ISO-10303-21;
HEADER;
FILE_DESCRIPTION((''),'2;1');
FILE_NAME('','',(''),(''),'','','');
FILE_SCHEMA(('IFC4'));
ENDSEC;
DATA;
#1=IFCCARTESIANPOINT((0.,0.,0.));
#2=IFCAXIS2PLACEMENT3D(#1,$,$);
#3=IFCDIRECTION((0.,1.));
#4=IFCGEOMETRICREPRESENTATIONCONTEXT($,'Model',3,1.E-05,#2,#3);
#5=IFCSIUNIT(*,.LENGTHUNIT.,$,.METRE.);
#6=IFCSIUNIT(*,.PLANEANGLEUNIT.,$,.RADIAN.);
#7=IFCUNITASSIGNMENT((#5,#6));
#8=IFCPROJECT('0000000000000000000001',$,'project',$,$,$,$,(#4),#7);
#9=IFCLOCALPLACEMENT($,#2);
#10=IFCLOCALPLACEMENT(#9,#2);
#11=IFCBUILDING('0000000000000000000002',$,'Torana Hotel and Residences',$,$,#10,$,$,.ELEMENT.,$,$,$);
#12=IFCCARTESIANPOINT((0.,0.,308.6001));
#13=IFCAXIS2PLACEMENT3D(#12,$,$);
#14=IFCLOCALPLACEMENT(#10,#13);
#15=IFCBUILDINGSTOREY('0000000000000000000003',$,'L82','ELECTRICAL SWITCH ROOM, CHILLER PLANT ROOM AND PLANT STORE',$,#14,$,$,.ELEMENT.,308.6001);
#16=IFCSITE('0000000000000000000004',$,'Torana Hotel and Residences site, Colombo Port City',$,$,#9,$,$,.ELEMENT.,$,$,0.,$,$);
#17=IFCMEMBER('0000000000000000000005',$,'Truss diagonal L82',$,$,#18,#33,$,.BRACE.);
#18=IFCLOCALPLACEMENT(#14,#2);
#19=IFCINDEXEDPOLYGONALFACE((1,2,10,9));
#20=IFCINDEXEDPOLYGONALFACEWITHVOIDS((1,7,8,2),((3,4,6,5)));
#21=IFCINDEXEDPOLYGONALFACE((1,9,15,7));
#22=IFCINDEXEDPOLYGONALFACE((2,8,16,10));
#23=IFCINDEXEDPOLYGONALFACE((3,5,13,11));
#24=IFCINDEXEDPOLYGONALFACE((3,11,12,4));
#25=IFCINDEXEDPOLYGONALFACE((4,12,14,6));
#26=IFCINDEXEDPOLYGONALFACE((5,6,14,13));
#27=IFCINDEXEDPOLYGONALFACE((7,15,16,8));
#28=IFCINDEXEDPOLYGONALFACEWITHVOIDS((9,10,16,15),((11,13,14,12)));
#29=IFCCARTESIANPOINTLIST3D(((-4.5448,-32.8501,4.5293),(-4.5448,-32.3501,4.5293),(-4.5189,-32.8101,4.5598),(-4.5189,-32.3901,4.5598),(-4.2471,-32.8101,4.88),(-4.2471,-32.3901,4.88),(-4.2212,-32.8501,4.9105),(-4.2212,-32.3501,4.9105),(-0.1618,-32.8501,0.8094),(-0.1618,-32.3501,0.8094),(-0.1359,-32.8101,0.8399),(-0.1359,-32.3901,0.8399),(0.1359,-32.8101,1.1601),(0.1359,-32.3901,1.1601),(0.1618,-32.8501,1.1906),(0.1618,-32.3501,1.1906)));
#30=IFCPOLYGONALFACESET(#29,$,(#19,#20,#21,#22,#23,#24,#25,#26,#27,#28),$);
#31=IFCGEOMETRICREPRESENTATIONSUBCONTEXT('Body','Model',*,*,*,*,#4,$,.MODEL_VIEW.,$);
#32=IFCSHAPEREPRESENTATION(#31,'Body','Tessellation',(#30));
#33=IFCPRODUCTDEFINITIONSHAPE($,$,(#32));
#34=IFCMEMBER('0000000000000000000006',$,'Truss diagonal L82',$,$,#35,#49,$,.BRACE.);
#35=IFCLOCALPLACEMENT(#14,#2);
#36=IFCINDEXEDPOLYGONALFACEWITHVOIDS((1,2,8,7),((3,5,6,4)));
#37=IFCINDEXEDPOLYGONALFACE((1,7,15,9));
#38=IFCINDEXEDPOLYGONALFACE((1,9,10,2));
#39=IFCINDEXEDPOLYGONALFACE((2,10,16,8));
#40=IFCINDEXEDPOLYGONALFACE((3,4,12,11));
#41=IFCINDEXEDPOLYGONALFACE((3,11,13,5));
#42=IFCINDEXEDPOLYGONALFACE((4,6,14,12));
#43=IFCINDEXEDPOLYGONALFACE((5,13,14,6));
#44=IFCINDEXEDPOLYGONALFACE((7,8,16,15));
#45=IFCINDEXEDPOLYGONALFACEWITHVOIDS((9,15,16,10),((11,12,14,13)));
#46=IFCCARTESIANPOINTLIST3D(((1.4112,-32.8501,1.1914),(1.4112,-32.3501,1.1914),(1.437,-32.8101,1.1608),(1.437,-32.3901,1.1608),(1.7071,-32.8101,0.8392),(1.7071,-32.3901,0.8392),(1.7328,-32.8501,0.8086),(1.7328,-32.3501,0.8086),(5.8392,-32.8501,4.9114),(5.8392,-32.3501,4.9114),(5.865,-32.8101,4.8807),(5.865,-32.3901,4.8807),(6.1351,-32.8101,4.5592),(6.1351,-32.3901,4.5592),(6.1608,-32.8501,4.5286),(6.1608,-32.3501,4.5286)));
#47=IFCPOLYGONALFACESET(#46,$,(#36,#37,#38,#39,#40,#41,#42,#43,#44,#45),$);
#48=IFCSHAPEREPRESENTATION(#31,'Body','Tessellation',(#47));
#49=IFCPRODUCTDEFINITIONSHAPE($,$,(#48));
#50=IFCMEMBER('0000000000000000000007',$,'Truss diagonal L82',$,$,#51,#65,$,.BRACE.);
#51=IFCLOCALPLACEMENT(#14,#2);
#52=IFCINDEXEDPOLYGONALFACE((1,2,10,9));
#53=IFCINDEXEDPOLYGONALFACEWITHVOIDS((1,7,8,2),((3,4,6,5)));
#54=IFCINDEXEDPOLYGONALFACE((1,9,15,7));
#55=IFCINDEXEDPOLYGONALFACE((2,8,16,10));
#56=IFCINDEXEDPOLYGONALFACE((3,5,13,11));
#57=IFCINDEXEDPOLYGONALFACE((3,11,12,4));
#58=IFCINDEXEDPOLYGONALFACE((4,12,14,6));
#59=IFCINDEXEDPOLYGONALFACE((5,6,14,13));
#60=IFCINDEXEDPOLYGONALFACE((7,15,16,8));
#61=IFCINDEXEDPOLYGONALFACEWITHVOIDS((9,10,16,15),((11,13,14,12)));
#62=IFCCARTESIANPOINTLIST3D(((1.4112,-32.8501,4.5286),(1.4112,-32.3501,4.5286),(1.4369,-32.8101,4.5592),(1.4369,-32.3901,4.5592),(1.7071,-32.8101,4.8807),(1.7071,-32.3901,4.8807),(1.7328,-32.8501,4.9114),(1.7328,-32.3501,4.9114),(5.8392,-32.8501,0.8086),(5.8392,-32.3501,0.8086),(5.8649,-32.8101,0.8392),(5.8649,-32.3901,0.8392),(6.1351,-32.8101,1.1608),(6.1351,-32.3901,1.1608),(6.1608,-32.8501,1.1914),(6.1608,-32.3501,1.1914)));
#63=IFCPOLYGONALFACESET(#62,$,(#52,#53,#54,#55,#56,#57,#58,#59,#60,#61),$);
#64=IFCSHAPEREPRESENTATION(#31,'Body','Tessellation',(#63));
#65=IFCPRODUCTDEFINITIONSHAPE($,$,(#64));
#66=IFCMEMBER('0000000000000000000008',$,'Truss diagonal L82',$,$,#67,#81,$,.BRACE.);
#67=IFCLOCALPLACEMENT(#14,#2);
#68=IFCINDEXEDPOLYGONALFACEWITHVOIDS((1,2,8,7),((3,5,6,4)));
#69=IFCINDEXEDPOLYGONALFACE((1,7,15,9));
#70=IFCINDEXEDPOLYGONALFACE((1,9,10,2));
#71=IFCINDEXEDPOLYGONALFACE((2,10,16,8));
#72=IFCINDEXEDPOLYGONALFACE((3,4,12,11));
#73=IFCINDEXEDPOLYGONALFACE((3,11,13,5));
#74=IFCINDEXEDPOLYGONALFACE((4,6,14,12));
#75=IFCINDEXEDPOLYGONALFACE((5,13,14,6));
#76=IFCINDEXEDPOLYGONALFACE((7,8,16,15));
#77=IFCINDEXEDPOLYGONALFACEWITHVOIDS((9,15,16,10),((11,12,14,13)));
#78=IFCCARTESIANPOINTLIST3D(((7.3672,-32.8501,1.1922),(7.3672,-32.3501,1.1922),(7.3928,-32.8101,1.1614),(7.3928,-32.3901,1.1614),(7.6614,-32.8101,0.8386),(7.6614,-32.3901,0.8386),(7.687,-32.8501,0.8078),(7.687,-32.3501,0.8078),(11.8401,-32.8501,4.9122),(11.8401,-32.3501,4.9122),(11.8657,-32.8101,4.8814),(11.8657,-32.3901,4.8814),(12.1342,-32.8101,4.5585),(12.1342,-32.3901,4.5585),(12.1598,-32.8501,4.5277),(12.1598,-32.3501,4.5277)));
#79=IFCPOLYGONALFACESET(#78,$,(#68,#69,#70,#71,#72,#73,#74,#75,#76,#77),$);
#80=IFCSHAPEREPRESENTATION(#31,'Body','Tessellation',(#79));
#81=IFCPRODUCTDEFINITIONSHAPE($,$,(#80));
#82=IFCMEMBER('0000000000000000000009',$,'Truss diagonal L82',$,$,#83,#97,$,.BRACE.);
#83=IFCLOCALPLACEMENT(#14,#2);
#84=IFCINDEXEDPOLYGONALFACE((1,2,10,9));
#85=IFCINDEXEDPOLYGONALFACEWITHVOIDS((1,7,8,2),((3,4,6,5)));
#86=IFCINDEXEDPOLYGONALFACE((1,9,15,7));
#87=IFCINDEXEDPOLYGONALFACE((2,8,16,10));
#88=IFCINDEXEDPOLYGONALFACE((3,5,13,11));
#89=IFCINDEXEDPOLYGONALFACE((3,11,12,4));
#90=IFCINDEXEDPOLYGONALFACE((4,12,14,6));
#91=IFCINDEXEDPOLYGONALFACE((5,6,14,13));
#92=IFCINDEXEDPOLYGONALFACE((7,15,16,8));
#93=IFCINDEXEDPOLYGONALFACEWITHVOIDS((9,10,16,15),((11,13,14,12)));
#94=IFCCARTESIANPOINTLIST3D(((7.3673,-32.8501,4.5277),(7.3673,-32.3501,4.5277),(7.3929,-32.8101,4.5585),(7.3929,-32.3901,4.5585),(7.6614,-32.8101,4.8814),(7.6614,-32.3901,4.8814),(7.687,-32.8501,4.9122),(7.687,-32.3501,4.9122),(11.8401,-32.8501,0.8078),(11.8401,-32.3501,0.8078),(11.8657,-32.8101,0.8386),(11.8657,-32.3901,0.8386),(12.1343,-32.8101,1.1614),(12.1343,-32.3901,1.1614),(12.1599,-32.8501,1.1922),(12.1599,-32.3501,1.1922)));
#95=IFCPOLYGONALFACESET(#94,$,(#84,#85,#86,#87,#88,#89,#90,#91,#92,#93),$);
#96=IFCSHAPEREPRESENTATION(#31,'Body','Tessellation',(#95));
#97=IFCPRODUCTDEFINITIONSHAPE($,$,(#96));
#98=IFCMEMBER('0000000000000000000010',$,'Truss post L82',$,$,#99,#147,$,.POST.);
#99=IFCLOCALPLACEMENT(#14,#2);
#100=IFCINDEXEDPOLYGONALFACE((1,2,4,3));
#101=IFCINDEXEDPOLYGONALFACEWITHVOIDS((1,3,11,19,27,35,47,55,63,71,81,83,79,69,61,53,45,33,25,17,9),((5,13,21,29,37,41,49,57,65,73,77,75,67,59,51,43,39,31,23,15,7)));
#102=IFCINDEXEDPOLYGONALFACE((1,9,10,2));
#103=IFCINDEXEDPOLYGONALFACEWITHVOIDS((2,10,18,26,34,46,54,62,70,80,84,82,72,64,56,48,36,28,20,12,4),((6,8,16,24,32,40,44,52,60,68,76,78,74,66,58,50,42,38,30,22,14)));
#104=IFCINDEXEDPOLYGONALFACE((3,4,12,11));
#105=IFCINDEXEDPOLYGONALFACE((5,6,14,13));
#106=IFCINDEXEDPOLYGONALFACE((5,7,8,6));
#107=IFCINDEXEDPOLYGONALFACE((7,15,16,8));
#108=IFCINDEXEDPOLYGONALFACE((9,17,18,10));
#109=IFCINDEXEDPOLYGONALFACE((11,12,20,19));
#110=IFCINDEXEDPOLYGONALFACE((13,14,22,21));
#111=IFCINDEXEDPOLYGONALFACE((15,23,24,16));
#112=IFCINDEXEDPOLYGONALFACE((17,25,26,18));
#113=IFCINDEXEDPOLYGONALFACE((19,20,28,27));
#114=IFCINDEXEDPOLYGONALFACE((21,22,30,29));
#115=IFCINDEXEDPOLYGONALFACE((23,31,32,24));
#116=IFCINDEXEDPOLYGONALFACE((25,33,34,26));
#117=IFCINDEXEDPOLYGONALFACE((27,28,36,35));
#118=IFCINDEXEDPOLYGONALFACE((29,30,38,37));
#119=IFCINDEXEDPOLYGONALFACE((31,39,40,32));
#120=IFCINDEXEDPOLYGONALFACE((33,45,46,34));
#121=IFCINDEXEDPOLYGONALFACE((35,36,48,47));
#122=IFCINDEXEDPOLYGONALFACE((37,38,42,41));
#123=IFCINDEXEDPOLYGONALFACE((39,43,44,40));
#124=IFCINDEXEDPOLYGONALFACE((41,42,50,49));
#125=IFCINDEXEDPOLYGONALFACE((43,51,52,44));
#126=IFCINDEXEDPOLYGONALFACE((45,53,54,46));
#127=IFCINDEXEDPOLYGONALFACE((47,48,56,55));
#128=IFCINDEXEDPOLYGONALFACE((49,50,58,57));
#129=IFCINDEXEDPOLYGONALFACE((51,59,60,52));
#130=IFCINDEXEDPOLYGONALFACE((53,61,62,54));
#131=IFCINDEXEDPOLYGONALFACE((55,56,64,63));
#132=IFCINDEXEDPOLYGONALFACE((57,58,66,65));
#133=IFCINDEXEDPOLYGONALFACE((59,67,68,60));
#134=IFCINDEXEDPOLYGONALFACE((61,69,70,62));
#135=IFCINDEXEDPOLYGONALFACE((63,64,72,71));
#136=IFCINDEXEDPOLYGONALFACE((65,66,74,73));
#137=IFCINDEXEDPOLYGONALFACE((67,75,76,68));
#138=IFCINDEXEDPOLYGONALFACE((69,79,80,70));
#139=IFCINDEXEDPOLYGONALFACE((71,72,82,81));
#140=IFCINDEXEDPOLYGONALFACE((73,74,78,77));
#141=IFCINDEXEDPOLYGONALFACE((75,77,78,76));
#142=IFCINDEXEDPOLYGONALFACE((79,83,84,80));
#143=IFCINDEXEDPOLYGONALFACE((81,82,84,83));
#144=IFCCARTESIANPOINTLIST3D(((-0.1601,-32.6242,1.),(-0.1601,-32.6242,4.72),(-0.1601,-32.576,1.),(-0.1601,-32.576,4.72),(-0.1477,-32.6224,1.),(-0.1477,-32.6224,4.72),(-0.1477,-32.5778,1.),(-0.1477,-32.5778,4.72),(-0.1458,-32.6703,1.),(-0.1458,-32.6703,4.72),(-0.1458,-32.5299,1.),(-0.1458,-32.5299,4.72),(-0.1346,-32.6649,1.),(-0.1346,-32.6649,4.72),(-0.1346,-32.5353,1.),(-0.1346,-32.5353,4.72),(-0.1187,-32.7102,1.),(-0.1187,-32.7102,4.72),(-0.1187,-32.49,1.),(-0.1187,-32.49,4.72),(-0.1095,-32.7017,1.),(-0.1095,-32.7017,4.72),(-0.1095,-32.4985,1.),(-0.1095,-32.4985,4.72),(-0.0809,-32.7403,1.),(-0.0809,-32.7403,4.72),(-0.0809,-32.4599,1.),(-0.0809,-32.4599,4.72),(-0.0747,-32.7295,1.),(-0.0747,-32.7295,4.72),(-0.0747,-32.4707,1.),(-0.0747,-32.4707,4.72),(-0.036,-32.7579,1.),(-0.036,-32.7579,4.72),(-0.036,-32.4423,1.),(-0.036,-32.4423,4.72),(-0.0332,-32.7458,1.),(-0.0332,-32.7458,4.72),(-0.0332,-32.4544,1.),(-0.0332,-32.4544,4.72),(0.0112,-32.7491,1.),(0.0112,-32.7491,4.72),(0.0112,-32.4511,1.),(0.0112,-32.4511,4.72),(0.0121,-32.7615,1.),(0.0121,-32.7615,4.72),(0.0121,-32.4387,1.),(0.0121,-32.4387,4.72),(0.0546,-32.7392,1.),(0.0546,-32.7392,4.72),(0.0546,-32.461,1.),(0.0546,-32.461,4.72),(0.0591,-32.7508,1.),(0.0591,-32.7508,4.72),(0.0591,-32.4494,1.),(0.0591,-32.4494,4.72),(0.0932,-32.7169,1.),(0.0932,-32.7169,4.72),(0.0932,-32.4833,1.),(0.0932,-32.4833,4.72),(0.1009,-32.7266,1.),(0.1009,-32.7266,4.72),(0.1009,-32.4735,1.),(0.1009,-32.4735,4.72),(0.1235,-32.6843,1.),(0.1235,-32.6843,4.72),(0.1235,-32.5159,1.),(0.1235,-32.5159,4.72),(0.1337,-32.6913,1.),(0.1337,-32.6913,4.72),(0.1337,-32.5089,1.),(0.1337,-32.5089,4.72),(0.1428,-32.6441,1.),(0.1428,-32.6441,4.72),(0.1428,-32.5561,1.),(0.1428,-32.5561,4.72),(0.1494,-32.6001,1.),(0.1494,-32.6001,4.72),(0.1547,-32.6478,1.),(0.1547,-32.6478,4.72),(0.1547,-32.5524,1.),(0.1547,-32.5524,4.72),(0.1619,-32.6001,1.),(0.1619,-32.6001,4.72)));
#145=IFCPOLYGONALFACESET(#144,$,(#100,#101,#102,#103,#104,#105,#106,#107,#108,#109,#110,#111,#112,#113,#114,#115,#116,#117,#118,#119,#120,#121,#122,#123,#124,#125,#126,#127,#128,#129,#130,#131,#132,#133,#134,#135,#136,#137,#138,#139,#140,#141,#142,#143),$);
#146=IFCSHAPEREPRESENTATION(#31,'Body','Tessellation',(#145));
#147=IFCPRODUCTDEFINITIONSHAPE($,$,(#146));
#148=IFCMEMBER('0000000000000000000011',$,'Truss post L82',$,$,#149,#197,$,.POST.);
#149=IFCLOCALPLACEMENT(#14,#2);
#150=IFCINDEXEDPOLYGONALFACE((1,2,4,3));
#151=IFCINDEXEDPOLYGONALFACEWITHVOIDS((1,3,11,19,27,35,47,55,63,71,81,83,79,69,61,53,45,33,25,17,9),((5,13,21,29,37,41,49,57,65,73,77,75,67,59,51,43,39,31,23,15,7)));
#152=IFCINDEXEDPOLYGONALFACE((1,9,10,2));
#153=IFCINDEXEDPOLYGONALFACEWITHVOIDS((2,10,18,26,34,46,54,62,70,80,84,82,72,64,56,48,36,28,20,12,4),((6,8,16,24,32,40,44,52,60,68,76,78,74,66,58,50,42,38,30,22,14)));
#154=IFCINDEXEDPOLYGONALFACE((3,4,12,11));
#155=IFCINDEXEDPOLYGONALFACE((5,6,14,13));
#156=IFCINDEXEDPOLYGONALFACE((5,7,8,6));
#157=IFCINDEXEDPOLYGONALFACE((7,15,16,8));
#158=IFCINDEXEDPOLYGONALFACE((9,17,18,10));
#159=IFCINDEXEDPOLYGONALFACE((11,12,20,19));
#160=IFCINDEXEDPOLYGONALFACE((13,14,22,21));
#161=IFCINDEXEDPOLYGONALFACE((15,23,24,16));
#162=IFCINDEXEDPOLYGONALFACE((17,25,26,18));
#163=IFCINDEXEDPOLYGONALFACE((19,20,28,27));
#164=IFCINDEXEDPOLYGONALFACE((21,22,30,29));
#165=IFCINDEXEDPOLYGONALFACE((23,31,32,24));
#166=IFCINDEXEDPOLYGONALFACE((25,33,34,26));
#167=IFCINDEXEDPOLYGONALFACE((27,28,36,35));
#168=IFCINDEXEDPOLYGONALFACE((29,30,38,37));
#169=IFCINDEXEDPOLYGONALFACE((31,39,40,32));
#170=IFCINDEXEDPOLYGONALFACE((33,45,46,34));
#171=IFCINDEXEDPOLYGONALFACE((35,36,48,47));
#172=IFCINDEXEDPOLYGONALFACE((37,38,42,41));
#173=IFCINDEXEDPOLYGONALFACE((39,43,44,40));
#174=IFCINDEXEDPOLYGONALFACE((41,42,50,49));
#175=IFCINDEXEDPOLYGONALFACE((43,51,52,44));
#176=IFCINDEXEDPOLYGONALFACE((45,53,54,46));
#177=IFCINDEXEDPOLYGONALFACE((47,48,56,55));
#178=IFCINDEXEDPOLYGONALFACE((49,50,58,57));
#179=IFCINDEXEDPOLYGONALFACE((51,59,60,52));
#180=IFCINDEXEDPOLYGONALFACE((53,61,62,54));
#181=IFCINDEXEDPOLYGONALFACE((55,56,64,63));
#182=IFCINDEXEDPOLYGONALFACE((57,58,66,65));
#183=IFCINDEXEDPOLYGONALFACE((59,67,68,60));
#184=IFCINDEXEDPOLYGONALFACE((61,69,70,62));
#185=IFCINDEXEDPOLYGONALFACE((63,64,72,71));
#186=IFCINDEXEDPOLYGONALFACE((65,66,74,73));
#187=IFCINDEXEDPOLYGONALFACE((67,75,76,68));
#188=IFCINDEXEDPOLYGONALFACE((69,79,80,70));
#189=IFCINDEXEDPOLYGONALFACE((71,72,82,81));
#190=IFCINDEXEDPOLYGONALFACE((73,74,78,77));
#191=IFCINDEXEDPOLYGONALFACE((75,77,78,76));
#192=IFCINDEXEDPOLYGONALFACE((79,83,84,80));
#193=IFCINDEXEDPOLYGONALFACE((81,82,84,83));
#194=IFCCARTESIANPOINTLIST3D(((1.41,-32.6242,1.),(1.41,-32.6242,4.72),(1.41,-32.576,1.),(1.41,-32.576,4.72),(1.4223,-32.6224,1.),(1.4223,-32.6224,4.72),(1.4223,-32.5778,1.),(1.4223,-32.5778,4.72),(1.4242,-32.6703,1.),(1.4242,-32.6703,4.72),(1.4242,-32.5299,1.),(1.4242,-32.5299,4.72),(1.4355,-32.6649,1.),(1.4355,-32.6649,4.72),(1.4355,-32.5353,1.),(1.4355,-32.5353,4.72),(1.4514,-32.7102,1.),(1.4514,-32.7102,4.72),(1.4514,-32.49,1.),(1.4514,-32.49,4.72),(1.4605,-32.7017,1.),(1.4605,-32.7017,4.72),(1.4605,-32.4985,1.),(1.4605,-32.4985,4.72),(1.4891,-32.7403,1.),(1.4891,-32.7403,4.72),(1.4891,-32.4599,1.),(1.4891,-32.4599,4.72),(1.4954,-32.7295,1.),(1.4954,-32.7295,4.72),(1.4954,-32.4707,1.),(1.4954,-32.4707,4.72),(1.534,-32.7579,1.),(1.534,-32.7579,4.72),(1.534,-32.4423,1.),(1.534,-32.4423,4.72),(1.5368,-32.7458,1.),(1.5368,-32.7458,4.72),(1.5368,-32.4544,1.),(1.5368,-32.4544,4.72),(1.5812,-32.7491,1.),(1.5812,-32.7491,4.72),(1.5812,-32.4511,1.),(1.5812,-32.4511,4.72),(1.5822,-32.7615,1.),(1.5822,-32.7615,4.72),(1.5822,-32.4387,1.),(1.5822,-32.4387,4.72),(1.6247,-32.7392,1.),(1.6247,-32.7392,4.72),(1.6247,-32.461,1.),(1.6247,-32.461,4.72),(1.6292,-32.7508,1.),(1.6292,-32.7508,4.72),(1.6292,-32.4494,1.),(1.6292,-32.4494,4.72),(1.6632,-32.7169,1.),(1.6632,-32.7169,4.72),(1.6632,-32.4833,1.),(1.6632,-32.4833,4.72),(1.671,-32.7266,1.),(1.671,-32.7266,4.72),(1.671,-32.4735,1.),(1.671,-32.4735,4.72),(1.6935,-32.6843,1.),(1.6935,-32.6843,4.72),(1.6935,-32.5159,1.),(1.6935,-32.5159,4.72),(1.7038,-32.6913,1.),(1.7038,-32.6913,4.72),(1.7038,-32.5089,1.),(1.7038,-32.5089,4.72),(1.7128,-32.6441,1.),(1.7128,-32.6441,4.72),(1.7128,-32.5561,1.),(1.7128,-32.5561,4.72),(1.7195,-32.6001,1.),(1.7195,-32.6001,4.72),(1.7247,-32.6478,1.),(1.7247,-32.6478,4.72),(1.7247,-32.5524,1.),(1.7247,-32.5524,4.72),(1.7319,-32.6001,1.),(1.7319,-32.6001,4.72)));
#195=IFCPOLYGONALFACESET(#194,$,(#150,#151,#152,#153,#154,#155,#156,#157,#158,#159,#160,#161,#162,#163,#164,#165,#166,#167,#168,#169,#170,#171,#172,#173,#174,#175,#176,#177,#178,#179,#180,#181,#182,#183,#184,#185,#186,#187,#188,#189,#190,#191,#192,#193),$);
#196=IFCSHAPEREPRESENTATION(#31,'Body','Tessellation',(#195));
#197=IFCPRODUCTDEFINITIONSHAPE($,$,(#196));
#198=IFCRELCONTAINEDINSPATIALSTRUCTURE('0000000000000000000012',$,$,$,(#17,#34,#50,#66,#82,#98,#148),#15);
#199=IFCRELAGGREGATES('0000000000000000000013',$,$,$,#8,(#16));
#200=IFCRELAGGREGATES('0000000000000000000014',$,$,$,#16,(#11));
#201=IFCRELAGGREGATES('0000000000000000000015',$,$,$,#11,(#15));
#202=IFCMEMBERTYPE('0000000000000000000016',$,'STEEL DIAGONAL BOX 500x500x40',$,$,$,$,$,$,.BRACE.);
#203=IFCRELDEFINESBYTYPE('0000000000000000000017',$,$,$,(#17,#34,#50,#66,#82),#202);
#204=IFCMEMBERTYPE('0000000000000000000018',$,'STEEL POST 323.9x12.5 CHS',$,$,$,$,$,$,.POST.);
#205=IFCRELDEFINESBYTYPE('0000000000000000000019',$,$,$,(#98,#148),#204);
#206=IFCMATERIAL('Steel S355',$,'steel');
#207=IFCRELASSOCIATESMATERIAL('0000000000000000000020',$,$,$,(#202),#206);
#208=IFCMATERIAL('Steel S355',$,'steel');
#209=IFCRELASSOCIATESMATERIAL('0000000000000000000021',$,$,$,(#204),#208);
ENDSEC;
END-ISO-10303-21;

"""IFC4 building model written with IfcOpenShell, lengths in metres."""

from ifc_helpers import new_model, si_unit, direction, frame, origin, origin_2d, place, context, subcontext, project, spatial, hollow_rectangle, hollow_circle, extrude, material, material_profile, profile_set, type_object, element, save


model = new_model("IFC4")

# Units and contexts
model_context = context("Model", 3, precision=1e-05, world=origin(), true_north=direction((0.0, 1.0)))
body_context = subcontext(model_context, "Body", "Model", "MODEL_VIEW")
ifc_project = project(units=[si_unit("LENGTHUNIT", "METRE"), si_unit("PLANEANGLEUNIT", "RADIAN")], contexts=[model_context])

# Site, building, storey
site_placement = place(None, origin())
site = spatial("IfcSite", under=ifc_project, at=site_placement, Name="Torana Hotel and Residences site, Colombo Port City", CompositionType="ELEMENT", RefElevation=0.0)
building_placement = place(site_placement, origin())
building = spatial("IfcBuilding", under=site, at=building_placement, Name="Torana Hotel and Residences", CompositionType="ELEMENT")
storey_placement = place(building_placement, frame((0.0, 0.0, 308.6001)))
storey = spatial("IfcBuildingStorey", under=building, at=storey_placement, Name="L82", Description="ELECTRICAL SWITCH ROOM, CHILLER PLANT ROOM AND PLANT STORE", CompositionType="ELEMENT", Elevation=308.6001)

# Members
ifc_material_1 = material(Name="Steel S355", Category="steel")
ifc_material_profile_1 = material_profile(ifc_material_1, hollow_rectangle(XDim=0.5, YDim=0.5, WallThickness=0.04, at=origin_2d()), Name="BOX 500x500x40")
ifc_profile_set_1 = profile_set([ifc_material_profile_1], Name="Steel S355")
member_type_1 = type_object("IfcMemberType", Name="STEEL DIAGONAL BOX 500x500x40", PredefinedType="BRACE", material=ifc_profile_set_1)
member_placement = place(storey_placement, frame((0.0, -32.6001, 1.0), z_axis=(-0.762422, 0.0, 0.64708), x_axis=(0.0, -1.0, 0.0)))
element("IfcMember", 1, at=member_placement, inside=storey, type_object=member_type_1, Name="Truss diagonal L82", PredefinedType="BRACE", context=body_context, shape_type="SweptSolid", body=[
    extrude(hollow_rectangle(XDim=0.5, YDim=0.5, WallThickness=0.04, at=origin_2d()), origin(), (0.0, 0.0, 1.0), 5.7488),
])
for number, where, z_axis, x_axis, name in (
    (2, (1.572, -32.6001, 1.0), (0.765665, 0.0, 0.64324), (0.0, 1.0, 0.0), "Truss diagonal L82"),
    (3, (6.0, -32.6001, 1.0), (-0.765665, 0.0, 0.64324), (0.0, -1.0, 0.0), "Truss diagonal L82"),
):
    element("IfcMember", number, at=place(storey_placement, frame(where, z_axis=z_axis, x_axis=x_axis)), inside=storey, type_object=member_type_1, Name=name, PredefinedType="BRACE", context=body_context, shape_type="SweptSolid", body=[
        extrude(hollow_rectangle(XDim=0.5, YDim=0.5, WallThickness=0.04, at=origin_2d()), origin(), (0.0, 0.0, 1.0), 5.7832),
    ])
for number, where, z_axis, x_axis, name in (
    (4, (7.5271, -32.6001, 1.0), (0.76885, 0.0, 0.639429), (0.0, 1.0, 0.0), "Truss diagonal L82"),
    (5, (12.0, -32.6001, 1.0), (-0.76885, 0.0, 0.639429), (0.0, -1.0, 0.0), "Truss diagonal L82"),
):
    element("IfcMember", number, at=place(storey_placement, frame(where, z_axis=z_axis, x_axis=x_axis)), inside=storey, type_object=member_type_1, Name=name, PredefinedType="BRACE", context=body_context, shape_type="SweptSolid", body=[
        extrude(hollow_rectangle(XDim=0.5, YDim=0.5, WallThickness=0.04, at=origin_2d()), origin(), (0.0, 0.0, 1.0), 5.8176),
    ])
ifc_material_2 = material(Name="Steel S355", Category="steel")
ifc_material_profile_2 = material_profile(ifc_material_2, hollow_circle(Radius=0.1619, WallThickness=0.0125, at=origin_2d()), Name="323.9x12.5 CHS")
ifc_profile_set_2 = profile_set([ifc_material_profile_2], Name="Steel S355")
member_type_2 = type_object("IfcMemberType", Name="STEEL POST 323.9x12.5 CHS", PredefinedType="POST", material=ifc_profile_set_2)
for number, where, z_axis, x_axis, name in (
    (6, (0.0, -32.6001, 1.0), (0.0, 0.0, 1.0), (1.0, 0.0, 0.0), "Truss post L82"),
    (7, (1.5701, -32.6001, 1.0), (0.0, 0.0, 1.0), (1.0, 0.0, 0.0), "Truss post L82"),
):
    element("IfcMember", number, at=place(storey_placement, frame(where, z_axis=z_axis, x_axis=x_axis)), inside=storey, type_object=member_type_2, Name=name, PredefinedType="POST", context=body_context, shape_type="SweptSolid", body=[
        extrude(hollow_circle(Radius=0.1619, WallThickness=0.0125, at=origin_2d()), origin(), (0.0, 0.0, 1.0), 3.72),
    ])

save(model, "model.ifc")
